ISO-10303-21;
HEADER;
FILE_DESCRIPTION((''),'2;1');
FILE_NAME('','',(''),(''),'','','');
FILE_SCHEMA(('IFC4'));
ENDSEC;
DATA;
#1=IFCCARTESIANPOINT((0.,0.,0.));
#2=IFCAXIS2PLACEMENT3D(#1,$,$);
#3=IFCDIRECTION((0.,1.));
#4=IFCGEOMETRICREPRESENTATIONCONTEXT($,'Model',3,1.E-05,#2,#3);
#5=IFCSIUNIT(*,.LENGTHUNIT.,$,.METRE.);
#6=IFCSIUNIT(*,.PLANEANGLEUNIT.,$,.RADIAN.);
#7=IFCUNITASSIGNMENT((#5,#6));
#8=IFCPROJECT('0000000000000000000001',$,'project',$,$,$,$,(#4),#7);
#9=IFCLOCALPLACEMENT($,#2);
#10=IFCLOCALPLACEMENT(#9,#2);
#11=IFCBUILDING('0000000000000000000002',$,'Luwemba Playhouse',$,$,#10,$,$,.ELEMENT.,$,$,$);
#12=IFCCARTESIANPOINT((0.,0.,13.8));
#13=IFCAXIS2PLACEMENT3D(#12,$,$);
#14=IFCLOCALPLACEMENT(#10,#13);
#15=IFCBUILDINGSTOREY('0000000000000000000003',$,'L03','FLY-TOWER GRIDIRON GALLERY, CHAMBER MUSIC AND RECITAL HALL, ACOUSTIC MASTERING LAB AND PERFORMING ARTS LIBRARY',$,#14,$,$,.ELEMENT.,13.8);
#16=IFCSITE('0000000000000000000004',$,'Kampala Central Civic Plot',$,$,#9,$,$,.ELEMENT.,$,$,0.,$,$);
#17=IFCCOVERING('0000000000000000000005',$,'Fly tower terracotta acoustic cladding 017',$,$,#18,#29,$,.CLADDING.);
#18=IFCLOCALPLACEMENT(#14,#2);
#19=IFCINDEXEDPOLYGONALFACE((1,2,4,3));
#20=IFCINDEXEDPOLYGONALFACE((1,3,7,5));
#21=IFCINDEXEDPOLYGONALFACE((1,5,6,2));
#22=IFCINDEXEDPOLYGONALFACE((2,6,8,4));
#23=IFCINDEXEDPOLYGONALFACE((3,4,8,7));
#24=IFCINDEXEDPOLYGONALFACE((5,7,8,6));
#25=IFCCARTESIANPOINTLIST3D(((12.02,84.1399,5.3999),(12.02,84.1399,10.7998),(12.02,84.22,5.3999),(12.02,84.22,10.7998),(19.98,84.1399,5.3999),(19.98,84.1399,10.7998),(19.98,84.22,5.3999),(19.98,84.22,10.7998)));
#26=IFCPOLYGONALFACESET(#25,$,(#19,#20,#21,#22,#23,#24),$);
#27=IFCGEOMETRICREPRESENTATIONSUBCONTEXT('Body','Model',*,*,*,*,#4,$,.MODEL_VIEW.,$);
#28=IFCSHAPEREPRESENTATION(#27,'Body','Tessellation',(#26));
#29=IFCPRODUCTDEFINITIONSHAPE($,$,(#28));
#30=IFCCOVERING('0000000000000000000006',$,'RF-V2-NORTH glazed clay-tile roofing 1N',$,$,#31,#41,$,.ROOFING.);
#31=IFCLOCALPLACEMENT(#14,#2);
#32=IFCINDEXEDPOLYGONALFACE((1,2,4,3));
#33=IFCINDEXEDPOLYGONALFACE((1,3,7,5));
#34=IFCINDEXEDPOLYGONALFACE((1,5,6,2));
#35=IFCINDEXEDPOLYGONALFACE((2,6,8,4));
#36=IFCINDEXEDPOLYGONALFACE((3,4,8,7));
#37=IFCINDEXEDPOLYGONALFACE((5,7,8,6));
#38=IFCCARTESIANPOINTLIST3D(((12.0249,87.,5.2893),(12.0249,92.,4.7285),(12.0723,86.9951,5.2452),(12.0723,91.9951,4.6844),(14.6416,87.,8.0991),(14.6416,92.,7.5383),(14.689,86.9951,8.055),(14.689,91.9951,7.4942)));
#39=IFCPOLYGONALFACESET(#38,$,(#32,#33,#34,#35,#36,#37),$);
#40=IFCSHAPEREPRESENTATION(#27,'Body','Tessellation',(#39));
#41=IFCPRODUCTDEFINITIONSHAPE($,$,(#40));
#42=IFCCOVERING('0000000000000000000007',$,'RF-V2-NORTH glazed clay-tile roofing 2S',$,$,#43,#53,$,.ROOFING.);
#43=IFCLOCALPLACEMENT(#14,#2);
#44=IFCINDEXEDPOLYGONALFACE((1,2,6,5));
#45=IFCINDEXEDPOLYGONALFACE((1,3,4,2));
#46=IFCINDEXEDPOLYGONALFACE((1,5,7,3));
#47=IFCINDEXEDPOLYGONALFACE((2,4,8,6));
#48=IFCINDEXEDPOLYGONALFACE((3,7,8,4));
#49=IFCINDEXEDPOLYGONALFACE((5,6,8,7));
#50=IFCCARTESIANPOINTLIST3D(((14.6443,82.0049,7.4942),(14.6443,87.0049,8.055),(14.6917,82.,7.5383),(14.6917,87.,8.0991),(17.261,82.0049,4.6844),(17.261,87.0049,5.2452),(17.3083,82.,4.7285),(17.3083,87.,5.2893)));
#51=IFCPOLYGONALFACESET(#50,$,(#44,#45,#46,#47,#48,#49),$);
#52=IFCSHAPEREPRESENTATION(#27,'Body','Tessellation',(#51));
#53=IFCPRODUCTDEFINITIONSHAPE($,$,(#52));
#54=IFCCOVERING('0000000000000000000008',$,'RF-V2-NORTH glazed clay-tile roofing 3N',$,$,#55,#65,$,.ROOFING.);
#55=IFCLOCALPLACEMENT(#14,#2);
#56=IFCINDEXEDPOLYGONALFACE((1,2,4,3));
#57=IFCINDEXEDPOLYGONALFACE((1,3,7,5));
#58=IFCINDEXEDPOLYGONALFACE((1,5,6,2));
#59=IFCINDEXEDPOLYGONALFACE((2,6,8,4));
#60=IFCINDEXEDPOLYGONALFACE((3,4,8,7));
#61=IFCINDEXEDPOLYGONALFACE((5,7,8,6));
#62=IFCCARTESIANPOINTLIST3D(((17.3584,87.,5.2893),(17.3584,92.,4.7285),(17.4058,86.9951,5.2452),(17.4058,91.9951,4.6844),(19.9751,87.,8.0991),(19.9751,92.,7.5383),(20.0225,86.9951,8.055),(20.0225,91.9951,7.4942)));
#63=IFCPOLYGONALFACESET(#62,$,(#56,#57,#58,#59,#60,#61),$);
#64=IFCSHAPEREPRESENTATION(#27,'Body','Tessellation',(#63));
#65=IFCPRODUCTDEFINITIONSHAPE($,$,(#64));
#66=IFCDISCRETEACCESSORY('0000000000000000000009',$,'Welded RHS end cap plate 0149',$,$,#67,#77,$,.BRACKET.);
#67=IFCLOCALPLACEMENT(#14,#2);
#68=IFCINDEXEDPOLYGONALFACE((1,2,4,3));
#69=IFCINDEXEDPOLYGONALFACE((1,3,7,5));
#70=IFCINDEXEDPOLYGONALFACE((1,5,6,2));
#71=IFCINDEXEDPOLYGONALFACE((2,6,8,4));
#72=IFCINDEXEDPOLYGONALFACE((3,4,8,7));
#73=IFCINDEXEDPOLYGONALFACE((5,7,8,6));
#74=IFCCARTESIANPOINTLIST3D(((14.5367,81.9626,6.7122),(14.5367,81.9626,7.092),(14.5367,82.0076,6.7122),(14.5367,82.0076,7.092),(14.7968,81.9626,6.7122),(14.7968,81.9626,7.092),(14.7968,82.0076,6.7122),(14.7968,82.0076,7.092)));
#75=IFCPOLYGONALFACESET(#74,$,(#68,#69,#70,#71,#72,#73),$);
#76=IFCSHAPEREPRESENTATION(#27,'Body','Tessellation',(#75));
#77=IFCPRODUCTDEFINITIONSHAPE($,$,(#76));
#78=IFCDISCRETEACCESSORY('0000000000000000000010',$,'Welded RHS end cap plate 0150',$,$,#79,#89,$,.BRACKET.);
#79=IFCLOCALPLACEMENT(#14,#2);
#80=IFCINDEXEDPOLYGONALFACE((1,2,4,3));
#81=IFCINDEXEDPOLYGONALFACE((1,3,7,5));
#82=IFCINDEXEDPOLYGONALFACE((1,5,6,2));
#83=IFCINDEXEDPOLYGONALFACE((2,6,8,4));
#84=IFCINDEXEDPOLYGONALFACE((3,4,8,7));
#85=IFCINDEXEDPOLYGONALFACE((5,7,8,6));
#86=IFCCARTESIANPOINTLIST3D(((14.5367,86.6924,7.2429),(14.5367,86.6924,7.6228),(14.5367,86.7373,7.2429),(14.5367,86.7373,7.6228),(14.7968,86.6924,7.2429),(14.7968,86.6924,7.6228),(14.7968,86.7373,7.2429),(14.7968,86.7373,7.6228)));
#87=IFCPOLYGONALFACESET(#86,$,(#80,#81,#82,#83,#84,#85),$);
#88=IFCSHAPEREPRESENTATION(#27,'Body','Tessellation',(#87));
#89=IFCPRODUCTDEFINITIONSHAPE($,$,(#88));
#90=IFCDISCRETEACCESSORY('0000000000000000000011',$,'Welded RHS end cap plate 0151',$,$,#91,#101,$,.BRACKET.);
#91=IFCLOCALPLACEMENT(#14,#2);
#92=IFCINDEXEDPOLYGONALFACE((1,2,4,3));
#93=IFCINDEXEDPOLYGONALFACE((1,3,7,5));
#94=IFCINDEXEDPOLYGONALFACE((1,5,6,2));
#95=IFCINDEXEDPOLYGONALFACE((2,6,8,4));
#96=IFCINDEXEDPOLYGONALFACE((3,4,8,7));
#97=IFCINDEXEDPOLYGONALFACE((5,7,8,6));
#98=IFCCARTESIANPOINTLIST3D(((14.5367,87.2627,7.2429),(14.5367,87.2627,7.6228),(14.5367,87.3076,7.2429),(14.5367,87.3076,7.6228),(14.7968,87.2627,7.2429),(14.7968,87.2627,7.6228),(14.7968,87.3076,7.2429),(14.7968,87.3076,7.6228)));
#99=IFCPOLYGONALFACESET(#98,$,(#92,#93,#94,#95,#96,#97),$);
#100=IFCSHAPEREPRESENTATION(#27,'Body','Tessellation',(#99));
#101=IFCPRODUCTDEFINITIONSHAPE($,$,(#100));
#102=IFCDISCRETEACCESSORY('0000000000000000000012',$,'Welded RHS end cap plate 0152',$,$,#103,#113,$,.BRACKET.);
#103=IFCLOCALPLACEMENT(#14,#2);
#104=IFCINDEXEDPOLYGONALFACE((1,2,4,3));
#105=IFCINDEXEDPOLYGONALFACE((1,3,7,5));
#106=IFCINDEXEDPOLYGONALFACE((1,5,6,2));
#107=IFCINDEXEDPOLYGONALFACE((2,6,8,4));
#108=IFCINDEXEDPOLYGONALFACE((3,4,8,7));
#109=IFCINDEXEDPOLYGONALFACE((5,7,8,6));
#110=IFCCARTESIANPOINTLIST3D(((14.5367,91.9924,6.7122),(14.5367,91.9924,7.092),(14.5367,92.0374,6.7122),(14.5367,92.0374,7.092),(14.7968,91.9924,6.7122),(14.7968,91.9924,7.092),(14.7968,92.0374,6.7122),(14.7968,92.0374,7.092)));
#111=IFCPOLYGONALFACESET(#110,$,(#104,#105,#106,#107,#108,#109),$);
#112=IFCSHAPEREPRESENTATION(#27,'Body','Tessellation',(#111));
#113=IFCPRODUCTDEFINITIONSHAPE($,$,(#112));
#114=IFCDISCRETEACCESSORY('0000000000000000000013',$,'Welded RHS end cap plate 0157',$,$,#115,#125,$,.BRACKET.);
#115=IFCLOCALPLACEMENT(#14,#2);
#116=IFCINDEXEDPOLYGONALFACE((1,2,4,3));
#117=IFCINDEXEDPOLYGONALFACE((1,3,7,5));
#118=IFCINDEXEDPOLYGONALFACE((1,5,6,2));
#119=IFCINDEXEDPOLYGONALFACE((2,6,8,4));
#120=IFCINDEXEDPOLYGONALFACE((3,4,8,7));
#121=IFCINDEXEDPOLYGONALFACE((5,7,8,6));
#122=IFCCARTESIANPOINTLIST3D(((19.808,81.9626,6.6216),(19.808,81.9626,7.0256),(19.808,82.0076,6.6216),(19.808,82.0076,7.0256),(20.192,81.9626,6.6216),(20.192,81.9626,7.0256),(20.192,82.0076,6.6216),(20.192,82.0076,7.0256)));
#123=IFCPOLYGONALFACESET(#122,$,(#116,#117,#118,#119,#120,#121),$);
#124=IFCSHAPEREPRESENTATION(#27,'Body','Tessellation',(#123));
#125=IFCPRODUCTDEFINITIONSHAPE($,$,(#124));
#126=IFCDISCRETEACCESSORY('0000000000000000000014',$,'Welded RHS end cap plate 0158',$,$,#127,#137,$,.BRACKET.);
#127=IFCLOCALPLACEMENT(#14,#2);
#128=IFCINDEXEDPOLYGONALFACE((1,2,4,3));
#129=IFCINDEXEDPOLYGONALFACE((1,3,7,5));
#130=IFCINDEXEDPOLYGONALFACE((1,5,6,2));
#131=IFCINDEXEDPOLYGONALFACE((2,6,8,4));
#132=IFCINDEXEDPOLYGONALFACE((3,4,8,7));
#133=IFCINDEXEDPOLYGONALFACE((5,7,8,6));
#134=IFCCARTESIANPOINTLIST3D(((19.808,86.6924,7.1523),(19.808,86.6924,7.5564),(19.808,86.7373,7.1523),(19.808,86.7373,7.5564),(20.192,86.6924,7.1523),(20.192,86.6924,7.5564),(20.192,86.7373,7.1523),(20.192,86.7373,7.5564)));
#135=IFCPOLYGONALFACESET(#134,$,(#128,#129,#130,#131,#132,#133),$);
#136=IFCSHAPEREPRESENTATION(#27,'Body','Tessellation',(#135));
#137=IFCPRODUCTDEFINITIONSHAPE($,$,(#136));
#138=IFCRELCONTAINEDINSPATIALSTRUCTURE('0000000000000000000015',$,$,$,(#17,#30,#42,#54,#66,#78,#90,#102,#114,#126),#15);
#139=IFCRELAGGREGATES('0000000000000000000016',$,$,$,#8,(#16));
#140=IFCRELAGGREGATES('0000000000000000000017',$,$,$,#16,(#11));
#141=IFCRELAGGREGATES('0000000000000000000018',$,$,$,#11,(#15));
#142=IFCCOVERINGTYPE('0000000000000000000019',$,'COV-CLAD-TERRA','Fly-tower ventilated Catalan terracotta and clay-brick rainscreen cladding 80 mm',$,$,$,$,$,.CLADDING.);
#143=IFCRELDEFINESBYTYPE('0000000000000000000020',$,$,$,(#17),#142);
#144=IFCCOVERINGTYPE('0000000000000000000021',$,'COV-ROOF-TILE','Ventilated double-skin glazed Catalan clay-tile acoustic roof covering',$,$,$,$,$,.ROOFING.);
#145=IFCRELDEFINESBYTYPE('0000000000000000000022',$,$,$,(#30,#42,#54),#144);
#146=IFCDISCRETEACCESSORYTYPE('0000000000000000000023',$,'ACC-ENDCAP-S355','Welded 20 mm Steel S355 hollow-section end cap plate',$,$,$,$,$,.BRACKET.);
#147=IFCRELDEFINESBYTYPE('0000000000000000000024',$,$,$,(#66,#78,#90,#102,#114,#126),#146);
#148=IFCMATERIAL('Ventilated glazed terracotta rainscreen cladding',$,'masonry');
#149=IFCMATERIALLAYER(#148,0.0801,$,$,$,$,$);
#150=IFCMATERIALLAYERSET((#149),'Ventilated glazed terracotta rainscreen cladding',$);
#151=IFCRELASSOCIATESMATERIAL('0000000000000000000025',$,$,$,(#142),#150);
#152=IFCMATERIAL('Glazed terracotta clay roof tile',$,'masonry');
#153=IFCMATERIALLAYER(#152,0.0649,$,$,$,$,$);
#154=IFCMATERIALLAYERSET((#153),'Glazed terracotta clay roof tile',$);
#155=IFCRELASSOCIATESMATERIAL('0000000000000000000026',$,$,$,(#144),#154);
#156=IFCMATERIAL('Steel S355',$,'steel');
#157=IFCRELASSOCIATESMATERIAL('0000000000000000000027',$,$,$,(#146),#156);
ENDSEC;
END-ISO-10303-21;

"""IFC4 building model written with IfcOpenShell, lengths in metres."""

from ifc_helpers import new_model, si_unit, direction, frame, origin, origin_2d, place, context, subcontext, project, spatial, polyline, rectangle, outline, extrude, material, layer, layer_set, type_object, element, save


model = new_model("IFC4")

# Units and contexts
model_context = context("Model", 3, precision=1e-05, world=origin(), true_north=direction((0.0, 1.0)))
body_context = subcontext(model_context, "Body", "Model", "MODEL_VIEW")
ifc_project = project(units=[si_unit("LENGTHUNIT", "METRE"), si_unit("PLANEANGLEUNIT", "RADIAN")], contexts=[model_context])

# Site, building, storey
site_placement = place(None, origin())
site = spatial("IfcSite", under=ifc_project, at=site_placement, Name="Kampala Central Civic Plot", CompositionType="ELEMENT", RefElevation=0.0)
building_placement = place(site_placement, origin())
building = spatial("IfcBuilding", under=site, at=building_placement, Name="Luwemba Playhouse", CompositionType="ELEMENT")
storey_placement = place(building_placement, frame((0.0, 0.0, 13.8)))
storey = spatial("IfcBuildingStorey", under=building, at=storey_placement, Name="L03", Description="FLY-TOWER GRIDIRON GALLERY, CHAMBER MUSIC AND RECITAL HALL, ACOUSTIC MASTERING LAB AND PERFORMING ARTS LIBRARY", CompositionType="ELEMENT", Elevation=13.8)

# Shared definitions
ifc_material_1 = material(Name="Steel S355", Category="steel")

# Coverings
ifc_material_2 = material(Name="Ventilated glazed terracotta rainscreen cladding", Category="masonry")
ifc_layer_1 = layer(ifc_material_2, 0.0801)
ifc_layer_set_1 = layer_set([ifc_layer_1], Name="Ventilated glazed terracotta rainscreen cladding")
covering_type_1 = type_object("IfcCoveringType", Name="COV-CLAD-TERRA", Description="Fly-tower ventilated Catalan terracotta and clay-brick rainscreen cladding 80 mm", PredefinedType="CLADDING", material=ifc_layer_set_1)
covering_placement = place(storey_placement, frame((16.0, 84.1799, 5.3999), z_axis=(0.0, 0.0, 1.0), x_axis=(1.0, 0.0, 0.0)))
element("IfcCovering", 1, at=covering_placement, inside=storey, type_object=covering_type_1, Name="Fly tower terracotta acoustic cladding 017", PredefinedType="CLADDING", context=body_context, shape_type="SweptSolid", body=[
    extrude(rectangle(XDim=7.96, YDim=0.0801, at=origin_2d()), origin(), (0.0, 0.0, 1.0), 5.3999),
])
ifc_material_3 = material(Name="Glazed terracotta clay roof tile", Category="masonry")
ifc_layer_2 = layer(ifc_material_3, 0.0649)
ifc_layer_set_2 = layer_set([ifc_layer_2], Name="Glazed terracotta clay roof tile")
covering_type_2 = type_object("IfcCoveringType", Name="COV-ROOF-TILE", Description="Ventilated double-skin glazed Catalan clay-tile acoustic roof covering", PredefinedType="ROOFING", material=ifc_layer_set_2)
for number, where, z_axis, x_axis, name in (
    (2, (12.0249, 87.0, 5.2893), (-0.729679, 0.076215, 0.679529), (0.681511, 0.0, 0.731808), "RF-V2-NORTH glazed clay-tile roofing 1N"),
    (3, (14.6917, 82.0, 7.5383), (0.729679, -0.076215, 0.679529), (0.681511, 0.0, -0.731808), "RF-V2-NORTH glazed clay-tile roofing 2S"),
    (4, (17.3584, 87.0, 5.2893), (-0.729679, 0.076215, 0.679529), (0.681511, 0.0, 0.731808), "RF-V2-NORTH glazed clay-tile roofing 3N"),
):
    element("IfcCovering", number, at=place(storey_placement, frame(where, z_axis=z_axis, x_axis=x_axis)), inside=storey, type_object=covering_type_2, Name=name, PredefinedType="ROOFING", context=body_context, shape_type="SweptSolid", body=[
        extrude(outline(polyline([(0.0, 0.0), (3.8396, 0.0), (3.4292, 5.0146), (-0.4104, 5.0146), (0.0, 0.0)])), origin(), (0.0, 0.0, -1.0), 0.0649),
    ])

# Discrete accessories
discrete_accessory_type = type_object("IfcDiscreteAccessoryType", Name="ACC-ENDCAP-S355", Description="Welded 20 mm Steel S355 hollow-section end cap plate", PredefinedType="BRACKET", material=ifc_material_1)
for number, where, z_axis, x_axis, name in (
    (5, (14.6667, 81.9851, 6.7122), (0.0, 0.0, 1.0), (1.0, 0.0, 0.0), "Welded RHS end cap plate 0149"),
    (6, (14.6667, 86.7148, 7.2429), (0.0, 0.0, 1.0), (1.0, 0.0, 0.0), "Welded RHS end cap plate 0150"),
    (7, (14.6667, 87.2852, 7.2429), (0.0, 0.0, 1.0), (1.0, 0.0, 0.0), "Welded RHS end cap plate 0151"),
    (8, (14.6667, 92.0149, 6.7122), (0.0, 0.0, 1.0), (1.0, 0.0, 0.0), "Welded RHS end cap plate 0152"),
):
    element("IfcDiscreteAccessory", number, at=place(storey_placement, frame(where, z_axis=z_axis, x_axis=x_axis)), inside=storey, type_object=discrete_accessory_type, Name=name, PredefinedType="BRACKET", context=body_context, shape_type="SweptSolid", body=[
        extrude(rectangle(XDim=0.26, YDim=0.0449, at=origin_2d()), origin(), (0.0, 0.0, 1.0), 0.3799),
    ])
for number, where, z_axis, x_axis, name in (
    (9, (20.0, 81.9851, 6.6216), (0.0, 0.0, 1.0), (1.0, 0.0, 0.0), "Welded RHS end cap plate 0157"),
    (10, (20.0, 86.7148, 7.1523), (0.0, 0.0, 1.0), (1.0, 0.0, 0.0), "Welded RHS end cap plate 0158"),
):
    element("IfcDiscreteAccessory", number, at=place(storey_placement, frame(where, z_axis=z_axis, x_axis=x_axis)), inside=storey, type_object=discrete_accessory_type, Name=name, PredefinedType="BRACKET", context=body_context, shape_type="SweptSolid", body=[
        extrude(rectangle(XDim=0.384, YDim=0.0449, at=origin_2d()), origin(), (0.0, 0.0, 1.0), 0.4041),
    ])

save(model, "model.ifc")
